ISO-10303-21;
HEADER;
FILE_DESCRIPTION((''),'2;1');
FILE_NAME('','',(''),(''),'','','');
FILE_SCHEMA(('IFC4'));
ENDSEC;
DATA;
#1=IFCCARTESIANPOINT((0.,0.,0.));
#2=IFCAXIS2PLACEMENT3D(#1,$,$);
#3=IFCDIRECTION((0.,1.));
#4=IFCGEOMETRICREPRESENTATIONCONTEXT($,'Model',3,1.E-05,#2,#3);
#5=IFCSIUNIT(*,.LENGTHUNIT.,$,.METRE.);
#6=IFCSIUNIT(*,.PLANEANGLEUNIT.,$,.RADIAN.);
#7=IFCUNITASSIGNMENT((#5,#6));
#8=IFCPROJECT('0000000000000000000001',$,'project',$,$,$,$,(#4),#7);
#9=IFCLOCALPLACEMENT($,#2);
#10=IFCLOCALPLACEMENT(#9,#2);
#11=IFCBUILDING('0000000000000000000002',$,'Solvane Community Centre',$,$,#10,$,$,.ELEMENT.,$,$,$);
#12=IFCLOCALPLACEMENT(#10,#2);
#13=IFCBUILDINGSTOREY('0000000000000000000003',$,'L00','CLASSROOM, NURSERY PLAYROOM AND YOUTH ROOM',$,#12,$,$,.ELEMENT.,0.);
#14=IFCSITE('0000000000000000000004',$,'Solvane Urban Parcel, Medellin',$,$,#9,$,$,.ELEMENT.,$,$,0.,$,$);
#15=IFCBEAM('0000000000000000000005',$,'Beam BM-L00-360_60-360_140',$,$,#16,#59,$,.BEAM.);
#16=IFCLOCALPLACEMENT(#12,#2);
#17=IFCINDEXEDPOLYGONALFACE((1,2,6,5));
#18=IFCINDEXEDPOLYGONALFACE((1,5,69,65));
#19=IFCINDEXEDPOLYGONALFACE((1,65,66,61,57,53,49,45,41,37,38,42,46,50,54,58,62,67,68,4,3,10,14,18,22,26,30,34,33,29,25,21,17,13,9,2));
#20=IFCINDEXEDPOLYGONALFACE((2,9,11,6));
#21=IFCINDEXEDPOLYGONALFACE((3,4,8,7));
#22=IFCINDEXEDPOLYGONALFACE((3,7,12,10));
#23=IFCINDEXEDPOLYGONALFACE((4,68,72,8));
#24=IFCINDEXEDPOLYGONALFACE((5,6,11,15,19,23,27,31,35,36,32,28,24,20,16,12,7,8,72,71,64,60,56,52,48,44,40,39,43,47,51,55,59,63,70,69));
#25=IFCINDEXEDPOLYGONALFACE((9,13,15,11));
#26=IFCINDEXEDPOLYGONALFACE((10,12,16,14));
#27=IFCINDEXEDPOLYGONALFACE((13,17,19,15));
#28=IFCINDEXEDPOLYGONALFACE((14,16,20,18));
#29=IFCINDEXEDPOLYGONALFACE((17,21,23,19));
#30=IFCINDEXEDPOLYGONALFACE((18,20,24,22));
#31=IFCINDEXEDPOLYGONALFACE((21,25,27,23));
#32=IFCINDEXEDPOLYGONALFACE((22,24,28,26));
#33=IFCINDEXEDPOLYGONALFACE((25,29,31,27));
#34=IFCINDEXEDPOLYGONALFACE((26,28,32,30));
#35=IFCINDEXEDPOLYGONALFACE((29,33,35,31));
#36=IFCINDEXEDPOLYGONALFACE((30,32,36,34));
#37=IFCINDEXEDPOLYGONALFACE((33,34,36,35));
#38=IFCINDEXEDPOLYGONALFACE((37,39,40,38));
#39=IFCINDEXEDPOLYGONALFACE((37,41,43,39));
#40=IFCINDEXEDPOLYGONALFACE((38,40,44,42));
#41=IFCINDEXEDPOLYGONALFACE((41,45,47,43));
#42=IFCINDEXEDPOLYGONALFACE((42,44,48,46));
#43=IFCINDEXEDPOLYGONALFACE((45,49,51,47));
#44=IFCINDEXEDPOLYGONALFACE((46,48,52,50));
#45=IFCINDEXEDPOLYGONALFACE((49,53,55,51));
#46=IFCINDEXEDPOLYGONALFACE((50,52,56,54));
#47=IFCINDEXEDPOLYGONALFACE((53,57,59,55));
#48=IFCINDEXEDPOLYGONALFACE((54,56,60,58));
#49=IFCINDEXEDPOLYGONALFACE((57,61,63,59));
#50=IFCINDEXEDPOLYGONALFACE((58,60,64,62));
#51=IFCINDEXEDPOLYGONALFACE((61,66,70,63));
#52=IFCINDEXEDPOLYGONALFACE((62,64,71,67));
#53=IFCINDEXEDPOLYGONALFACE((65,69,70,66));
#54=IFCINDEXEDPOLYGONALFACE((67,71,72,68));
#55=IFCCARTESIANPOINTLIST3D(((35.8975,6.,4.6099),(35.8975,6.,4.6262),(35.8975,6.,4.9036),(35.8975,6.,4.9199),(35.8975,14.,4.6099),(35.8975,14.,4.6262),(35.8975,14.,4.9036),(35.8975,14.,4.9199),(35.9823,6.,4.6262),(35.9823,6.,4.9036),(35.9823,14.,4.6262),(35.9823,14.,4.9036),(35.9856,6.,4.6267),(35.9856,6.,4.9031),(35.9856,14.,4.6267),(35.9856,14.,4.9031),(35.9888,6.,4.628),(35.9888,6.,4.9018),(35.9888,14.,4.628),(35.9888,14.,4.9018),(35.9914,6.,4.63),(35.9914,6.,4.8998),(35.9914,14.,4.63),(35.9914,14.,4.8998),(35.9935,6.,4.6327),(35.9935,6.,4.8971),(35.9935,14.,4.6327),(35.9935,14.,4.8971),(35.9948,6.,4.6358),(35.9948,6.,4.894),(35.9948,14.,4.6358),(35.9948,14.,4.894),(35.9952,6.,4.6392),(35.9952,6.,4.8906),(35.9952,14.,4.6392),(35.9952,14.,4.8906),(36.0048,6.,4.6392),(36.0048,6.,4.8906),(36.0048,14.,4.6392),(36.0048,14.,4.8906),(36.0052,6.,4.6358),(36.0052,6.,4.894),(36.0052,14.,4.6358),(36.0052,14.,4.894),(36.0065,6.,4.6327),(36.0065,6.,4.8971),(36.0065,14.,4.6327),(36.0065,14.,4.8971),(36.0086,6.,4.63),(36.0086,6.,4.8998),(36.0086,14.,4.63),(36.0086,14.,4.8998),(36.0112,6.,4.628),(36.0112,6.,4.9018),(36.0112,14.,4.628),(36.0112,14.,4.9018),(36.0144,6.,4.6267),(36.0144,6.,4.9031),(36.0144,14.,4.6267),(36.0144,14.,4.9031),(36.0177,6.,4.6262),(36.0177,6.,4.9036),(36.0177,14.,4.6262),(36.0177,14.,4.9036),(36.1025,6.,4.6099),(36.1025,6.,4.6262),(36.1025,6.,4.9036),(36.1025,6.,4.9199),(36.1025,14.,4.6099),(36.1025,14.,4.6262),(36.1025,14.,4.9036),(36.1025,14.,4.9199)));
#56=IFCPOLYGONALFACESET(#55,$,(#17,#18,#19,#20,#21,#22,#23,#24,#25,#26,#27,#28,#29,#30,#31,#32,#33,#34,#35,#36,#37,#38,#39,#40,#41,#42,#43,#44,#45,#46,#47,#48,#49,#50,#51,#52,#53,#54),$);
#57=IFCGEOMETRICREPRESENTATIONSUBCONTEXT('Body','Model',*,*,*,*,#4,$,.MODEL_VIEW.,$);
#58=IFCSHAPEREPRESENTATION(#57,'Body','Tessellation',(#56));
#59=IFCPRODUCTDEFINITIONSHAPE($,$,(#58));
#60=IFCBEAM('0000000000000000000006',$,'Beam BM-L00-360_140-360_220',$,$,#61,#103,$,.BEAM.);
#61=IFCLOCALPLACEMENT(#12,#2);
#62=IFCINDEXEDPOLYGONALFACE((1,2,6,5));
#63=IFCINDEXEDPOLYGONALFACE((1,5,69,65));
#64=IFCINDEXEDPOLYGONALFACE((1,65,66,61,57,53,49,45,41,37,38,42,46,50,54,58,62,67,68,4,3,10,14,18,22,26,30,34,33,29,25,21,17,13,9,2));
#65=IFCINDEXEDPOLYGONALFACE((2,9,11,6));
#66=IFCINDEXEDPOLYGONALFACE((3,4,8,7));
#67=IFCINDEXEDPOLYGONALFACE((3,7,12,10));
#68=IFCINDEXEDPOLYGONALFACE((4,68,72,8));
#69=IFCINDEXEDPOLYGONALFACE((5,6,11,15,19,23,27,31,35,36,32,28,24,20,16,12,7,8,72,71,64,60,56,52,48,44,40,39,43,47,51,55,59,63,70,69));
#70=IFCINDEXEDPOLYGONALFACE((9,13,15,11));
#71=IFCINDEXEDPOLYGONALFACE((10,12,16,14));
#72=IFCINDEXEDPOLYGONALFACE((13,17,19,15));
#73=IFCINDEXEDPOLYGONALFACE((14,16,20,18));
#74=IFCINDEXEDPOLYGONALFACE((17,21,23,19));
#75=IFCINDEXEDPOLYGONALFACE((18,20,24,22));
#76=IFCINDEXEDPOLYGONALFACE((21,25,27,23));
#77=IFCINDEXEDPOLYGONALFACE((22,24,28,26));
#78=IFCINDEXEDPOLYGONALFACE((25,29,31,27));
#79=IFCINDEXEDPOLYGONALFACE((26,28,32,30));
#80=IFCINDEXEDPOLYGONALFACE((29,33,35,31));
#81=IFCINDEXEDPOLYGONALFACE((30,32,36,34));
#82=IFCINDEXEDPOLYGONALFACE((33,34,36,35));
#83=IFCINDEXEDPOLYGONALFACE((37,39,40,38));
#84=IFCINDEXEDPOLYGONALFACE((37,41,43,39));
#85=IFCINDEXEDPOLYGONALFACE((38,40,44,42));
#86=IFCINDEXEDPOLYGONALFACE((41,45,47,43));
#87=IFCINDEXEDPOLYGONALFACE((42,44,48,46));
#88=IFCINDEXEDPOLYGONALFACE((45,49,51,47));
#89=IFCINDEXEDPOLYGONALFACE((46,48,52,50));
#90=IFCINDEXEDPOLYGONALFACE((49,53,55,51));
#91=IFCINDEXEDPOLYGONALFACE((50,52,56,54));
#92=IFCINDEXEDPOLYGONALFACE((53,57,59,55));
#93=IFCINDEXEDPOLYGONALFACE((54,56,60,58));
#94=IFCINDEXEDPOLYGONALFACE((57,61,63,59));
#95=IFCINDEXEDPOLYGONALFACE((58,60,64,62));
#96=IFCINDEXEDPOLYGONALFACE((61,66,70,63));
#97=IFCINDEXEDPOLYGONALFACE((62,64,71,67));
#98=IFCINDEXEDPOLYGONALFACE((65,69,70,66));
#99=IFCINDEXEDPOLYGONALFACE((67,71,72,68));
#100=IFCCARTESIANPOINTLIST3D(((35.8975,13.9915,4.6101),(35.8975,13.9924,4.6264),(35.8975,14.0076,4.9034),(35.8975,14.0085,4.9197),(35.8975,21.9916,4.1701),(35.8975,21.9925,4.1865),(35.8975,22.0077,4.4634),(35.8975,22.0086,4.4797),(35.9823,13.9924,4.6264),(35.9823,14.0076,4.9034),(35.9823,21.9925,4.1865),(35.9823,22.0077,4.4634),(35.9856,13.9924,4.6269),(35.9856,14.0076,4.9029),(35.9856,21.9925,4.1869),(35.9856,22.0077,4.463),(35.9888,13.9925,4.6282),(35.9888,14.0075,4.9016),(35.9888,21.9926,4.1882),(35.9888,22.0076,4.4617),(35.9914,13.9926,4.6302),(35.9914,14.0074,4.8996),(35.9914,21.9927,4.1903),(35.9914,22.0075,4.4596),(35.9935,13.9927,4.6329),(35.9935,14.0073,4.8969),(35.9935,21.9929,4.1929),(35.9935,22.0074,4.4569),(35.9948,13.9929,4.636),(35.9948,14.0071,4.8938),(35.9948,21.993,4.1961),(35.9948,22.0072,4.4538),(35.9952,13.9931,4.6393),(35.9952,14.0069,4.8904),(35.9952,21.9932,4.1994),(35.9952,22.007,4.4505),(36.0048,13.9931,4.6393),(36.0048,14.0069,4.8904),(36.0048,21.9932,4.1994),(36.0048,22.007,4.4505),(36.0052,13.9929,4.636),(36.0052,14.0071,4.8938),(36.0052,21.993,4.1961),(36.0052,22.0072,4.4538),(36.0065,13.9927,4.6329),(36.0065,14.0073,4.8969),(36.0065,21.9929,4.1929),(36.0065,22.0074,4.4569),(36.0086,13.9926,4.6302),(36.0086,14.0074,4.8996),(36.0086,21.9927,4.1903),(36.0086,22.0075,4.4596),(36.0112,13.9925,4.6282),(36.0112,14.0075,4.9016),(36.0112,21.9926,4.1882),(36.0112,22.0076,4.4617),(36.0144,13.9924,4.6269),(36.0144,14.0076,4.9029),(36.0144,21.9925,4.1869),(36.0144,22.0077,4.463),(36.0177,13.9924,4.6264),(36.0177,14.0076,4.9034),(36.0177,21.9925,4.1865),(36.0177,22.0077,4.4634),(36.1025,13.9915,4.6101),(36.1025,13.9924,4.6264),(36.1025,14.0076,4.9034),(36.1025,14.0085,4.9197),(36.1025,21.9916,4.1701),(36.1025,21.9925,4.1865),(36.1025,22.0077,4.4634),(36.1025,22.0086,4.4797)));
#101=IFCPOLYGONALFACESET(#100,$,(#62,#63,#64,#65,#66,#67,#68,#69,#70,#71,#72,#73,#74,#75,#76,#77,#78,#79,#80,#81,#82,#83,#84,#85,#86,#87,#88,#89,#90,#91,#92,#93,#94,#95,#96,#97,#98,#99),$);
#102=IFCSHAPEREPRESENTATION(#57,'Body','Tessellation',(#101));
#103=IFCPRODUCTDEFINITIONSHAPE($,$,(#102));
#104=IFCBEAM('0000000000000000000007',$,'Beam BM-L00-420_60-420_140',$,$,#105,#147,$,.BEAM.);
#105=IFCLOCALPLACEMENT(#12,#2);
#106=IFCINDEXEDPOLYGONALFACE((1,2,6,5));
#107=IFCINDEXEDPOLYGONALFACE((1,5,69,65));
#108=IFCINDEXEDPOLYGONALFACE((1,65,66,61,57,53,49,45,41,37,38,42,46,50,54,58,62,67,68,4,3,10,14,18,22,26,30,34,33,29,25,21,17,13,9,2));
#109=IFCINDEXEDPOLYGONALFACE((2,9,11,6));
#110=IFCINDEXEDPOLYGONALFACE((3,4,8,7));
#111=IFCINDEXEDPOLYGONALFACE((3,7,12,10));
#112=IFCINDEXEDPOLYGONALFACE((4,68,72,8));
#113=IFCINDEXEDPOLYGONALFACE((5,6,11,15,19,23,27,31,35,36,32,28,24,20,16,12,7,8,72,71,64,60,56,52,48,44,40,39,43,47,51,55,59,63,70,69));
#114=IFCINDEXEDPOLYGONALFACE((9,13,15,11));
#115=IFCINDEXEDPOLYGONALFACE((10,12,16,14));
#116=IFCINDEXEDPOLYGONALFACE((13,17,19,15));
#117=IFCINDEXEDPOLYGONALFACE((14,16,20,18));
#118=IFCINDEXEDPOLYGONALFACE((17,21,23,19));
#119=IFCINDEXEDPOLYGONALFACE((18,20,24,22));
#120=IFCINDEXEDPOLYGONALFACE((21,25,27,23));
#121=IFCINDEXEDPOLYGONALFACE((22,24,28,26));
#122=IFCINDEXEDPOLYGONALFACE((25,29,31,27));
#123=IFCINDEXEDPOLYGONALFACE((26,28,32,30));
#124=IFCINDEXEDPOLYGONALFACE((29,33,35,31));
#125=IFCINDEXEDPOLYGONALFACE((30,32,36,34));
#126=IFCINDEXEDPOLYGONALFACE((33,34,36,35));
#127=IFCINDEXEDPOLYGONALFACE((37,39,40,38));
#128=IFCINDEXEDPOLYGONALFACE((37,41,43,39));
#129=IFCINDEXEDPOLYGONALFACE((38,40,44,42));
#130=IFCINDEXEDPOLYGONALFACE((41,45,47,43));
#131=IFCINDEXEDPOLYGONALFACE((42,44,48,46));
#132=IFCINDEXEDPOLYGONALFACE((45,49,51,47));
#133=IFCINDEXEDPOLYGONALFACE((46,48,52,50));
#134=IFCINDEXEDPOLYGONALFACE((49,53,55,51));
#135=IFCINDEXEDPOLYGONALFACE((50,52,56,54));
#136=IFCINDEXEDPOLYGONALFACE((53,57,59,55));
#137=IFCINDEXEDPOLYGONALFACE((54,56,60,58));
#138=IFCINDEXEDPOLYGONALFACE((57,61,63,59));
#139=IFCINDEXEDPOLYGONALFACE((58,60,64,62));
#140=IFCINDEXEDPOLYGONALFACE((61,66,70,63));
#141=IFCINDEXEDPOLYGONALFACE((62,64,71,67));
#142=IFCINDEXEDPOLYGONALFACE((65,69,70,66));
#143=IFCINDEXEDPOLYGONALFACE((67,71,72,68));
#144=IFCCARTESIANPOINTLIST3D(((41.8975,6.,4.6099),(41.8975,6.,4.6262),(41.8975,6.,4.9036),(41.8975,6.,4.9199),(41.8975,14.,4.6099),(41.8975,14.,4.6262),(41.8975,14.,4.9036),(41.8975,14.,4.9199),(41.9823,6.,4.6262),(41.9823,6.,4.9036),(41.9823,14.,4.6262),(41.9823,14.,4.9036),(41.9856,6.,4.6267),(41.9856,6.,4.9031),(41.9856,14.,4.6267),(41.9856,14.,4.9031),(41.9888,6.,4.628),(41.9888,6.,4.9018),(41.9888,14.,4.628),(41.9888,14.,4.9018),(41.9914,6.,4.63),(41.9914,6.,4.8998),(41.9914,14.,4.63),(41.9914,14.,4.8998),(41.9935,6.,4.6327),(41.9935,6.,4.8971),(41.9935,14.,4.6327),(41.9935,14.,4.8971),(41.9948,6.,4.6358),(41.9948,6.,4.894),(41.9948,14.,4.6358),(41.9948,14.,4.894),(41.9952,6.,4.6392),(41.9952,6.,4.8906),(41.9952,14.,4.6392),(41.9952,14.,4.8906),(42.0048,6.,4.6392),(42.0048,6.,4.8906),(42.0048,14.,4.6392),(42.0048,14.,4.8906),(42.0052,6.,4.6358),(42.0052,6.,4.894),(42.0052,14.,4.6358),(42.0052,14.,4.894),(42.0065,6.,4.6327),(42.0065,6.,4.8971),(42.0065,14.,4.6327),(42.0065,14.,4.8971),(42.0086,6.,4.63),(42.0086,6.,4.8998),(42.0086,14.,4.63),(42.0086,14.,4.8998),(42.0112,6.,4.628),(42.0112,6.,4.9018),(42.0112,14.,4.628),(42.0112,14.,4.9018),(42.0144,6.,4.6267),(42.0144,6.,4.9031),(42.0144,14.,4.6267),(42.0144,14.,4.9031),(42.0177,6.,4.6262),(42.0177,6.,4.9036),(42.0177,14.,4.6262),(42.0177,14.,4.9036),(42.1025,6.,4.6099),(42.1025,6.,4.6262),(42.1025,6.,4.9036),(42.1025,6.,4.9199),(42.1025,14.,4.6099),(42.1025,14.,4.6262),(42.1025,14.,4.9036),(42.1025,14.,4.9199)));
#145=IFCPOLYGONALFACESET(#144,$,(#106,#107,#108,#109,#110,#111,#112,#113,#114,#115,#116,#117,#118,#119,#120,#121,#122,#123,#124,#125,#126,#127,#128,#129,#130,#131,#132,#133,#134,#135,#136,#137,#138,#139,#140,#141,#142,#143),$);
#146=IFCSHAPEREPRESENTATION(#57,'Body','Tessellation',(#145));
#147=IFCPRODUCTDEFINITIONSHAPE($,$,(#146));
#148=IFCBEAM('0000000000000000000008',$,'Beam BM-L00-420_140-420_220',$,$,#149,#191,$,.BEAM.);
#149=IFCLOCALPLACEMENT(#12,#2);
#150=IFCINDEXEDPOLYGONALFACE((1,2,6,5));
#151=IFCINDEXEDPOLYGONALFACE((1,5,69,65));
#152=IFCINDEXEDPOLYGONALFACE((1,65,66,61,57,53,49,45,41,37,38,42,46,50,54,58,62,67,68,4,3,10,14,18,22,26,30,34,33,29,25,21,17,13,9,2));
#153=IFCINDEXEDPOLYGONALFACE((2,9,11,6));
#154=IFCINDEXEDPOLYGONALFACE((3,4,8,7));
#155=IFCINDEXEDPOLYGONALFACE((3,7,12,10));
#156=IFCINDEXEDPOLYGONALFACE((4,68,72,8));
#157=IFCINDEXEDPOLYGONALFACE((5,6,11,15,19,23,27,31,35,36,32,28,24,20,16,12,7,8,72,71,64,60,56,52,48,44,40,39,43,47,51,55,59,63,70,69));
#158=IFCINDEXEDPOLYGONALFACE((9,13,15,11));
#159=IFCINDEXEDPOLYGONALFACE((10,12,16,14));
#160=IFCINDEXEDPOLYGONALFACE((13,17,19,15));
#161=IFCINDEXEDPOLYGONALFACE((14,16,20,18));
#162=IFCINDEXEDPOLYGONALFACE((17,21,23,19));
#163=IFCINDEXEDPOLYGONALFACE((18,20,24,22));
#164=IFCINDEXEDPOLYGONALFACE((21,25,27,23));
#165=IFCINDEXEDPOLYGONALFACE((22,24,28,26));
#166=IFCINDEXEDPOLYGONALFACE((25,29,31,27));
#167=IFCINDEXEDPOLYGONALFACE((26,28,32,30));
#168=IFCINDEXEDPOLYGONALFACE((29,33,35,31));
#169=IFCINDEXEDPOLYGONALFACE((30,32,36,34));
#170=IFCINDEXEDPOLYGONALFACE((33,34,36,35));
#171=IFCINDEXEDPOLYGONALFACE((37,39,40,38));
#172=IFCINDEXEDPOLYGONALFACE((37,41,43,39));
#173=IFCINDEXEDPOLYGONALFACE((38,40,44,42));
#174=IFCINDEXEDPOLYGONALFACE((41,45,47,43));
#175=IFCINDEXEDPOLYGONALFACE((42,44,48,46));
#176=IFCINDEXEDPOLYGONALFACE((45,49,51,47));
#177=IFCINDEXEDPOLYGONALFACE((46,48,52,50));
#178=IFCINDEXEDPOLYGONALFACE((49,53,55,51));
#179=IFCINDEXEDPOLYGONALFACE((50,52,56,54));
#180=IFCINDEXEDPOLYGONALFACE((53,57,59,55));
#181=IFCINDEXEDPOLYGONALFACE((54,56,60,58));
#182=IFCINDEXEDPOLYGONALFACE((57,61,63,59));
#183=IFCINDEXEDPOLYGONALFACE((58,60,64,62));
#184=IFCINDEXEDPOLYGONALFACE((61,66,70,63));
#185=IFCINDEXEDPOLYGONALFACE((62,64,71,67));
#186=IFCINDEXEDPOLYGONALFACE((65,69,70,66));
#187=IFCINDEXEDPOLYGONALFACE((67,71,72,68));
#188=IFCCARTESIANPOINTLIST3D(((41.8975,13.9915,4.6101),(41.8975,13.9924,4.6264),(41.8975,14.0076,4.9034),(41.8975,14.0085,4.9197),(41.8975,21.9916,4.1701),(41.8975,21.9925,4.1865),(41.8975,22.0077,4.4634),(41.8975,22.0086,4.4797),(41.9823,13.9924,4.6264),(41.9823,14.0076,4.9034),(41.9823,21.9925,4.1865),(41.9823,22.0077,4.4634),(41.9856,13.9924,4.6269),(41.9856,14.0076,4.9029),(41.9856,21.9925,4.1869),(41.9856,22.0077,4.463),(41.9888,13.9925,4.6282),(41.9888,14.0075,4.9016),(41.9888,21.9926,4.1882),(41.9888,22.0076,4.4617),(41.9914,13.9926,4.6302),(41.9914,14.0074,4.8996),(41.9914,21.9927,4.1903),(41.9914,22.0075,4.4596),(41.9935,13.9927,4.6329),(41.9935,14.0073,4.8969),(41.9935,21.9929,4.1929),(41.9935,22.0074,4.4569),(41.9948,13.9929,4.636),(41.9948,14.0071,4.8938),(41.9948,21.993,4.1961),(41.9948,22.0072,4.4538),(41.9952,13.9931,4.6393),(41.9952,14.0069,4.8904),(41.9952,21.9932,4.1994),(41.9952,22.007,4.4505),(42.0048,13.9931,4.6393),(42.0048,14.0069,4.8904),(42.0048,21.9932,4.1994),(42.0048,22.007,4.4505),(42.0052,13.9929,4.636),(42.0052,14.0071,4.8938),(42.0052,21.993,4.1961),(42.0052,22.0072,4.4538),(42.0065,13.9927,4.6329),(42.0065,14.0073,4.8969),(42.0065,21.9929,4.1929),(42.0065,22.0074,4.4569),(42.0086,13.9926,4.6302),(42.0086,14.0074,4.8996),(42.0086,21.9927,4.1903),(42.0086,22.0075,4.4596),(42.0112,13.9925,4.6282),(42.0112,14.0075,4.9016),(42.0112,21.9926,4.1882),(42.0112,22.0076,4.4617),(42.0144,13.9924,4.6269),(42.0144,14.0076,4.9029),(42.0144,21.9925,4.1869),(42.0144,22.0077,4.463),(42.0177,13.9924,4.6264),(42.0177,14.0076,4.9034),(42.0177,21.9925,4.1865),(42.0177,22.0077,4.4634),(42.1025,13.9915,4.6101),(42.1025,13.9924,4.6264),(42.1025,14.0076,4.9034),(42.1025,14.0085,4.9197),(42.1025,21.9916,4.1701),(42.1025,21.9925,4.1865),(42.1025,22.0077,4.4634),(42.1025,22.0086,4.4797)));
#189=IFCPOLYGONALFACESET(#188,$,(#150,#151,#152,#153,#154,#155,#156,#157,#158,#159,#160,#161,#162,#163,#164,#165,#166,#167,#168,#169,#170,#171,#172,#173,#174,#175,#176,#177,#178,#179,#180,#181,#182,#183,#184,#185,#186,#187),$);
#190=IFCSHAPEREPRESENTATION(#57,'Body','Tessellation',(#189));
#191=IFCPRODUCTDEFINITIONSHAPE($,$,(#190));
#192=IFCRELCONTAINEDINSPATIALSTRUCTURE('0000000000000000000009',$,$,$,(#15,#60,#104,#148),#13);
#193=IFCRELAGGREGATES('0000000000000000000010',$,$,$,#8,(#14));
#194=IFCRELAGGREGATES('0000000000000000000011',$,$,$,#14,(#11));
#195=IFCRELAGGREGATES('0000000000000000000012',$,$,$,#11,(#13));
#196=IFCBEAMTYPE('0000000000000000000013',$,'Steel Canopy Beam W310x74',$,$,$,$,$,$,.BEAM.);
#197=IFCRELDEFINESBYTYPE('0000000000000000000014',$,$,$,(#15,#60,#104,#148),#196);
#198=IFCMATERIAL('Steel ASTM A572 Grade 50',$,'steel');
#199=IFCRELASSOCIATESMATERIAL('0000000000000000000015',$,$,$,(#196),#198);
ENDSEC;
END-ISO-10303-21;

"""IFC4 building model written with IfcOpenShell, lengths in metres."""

from ifc_helpers import new_model, si_unit, direction, frame, origin, origin_2d, place, context, subcontext, project, spatial, i_section, extrude, material, material_profile, profile_set, type_object, element, save


model = new_model("IFC4")

# Units and contexts
model_context = context("Model", 3, precision=1e-05, world=origin(), true_north=direction((0.0, 1.0)))
body_context = subcontext(model_context, "Body", "Model", "MODEL_VIEW")
ifc_project = project(units=[si_unit("LENGTHUNIT", "METRE"), si_unit("PLANEANGLEUNIT", "RADIAN")], contexts=[model_context])

# Site, building, storey
site_placement = place(None, origin())
site = spatial("IfcSite", under=ifc_project, at=site_placement, Name="Solvane Urban Parcel, Medellin", CompositionType="ELEMENT", RefElevation=0.0)
building_placement = place(site_placement, origin())
building = spatial("IfcBuilding", under=site, at=building_placement, Name="Solvane Community Centre", CompositionType="ELEMENT")
storey_placement = place(building_placement, origin())
storey = spatial("IfcBuildingStorey", under=building, at=storey_placement, Name="L00", Description="CLASSROOM, NURSERY PLAYROOM AND YOUTH ROOM", CompositionType="ELEMENT", Elevation=0.0)

# Beams
ifc_material_1 = material(Name="Steel ASTM A572 Grade 50", Category="steel")
ifc_material_profile_1 = material_profile(ifc_material_1, i_section(OverallWidth=0.2051, OverallDepth=0.3101, WebThickness=0.0095, FlangeThickness=0.0164, FilletRadius=0.0129, at=origin_2d()), Name="W310x74")
ifc_profile_set_1 = profile_set([ifc_material_profile_1], Name="Steel ASTM A572 Grade 50")
beam_type_1 = type_object("IfcBeamType", Name="Steel Canopy Beam W310x74", PredefinedType="BEAM", material=ifc_profile_set_1)
beam_1_placement = place(storey_placement, frame((36.0, 6.0, 4.7649), z_axis=(0.0, 1.0, 0.0), x_axis=(-1.0, 0.0, 0.0)))
element("IfcBeam", 1, at=beam_1_placement, inside=storey, type_object=beam_type_1, Name="Beam BM-L00-360_60-360_140", PredefinedType="BEAM", context=body_context, shape_type="SweptSolid", body=[
    extrude(i_section(OverallWidth=0.2051, OverallDepth=0.3101, WebThickness=0.0095, FlangeThickness=0.0164, FilletRadius=0.0129, at=origin_2d()), origin(), (0.0, 0.0, 1.0), 8.0),
])
beam_2_placement = place(storey_placement, frame((36.0, 14.0, 4.7649), z_axis=(0.0, 0.998491, -0.05491), x_axis=(-1.0, 0.0, 0.0)))
element("IfcBeam", 2, at=beam_2_placement, inside=storey, type_object=beam_type_1, Name="Beam BM-L00-360_140-360_220", PredefinedType="BEAM", context=body_context, shape_type="SweptSolid", body=[
    extrude(i_section(OverallWidth=0.2051, OverallDepth=0.3101, WebThickness=0.0095, FlangeThickness=0.0164, FilletRadius=0.0129, at=origin_2d()), origin(), (0.0, 0.0, 1.0), 8.0122),
])
beam_3_placement = place(storey_placement, frame((42.0, 6.0, 4.7649), z_axis=(0.0, 1.0, 0.0), x_axis=(-1.0, 0.0, 0.0)))
element("IfcBeam", 3, at=beam_3_placement, inside=storey, type_object=beam_type_1, Name="Beam BM-L00-420_60-420_140", PredefinedType="BEAM", context=body_context, shape_type="SweptSolid", body=[
    extrude(i_section(OverallWidth=0.2051, OverallDepth=0.3101, WebThickness=0.0095, FlangeThickness=0.0164, FilletRadius=0.0129, at=origin_2d()), origin(), (0.0, 0.0, 1.0), 8.0),
])
beam_4_placement = place(storey_placement, frame((42.0, 14.0, 4.7649), z_axis=(0.0, 0.998491, -0.05491), x_axis=(-1.0, 0.0, 0.0)))
element("IfcBeam", 4, at=beam_4_placement, inside=storey, type_object=beam_type_1, Name="Beam BM-L00-420_140-420_220", PredefinedType="BEAM", context=body_context, shape_type="SweptSolid", body=[
    extrude(i_section(OverallWidth=0.2051, OverallDepth=0.3101, WebThickness=0.0095, FlangeThickness=0.0164, FilletRadius=0.0129, at=origin_2d()), origin(), (0.0, 0.0, 1.0), 8.0122),
])

save(model, "model.ifc")
